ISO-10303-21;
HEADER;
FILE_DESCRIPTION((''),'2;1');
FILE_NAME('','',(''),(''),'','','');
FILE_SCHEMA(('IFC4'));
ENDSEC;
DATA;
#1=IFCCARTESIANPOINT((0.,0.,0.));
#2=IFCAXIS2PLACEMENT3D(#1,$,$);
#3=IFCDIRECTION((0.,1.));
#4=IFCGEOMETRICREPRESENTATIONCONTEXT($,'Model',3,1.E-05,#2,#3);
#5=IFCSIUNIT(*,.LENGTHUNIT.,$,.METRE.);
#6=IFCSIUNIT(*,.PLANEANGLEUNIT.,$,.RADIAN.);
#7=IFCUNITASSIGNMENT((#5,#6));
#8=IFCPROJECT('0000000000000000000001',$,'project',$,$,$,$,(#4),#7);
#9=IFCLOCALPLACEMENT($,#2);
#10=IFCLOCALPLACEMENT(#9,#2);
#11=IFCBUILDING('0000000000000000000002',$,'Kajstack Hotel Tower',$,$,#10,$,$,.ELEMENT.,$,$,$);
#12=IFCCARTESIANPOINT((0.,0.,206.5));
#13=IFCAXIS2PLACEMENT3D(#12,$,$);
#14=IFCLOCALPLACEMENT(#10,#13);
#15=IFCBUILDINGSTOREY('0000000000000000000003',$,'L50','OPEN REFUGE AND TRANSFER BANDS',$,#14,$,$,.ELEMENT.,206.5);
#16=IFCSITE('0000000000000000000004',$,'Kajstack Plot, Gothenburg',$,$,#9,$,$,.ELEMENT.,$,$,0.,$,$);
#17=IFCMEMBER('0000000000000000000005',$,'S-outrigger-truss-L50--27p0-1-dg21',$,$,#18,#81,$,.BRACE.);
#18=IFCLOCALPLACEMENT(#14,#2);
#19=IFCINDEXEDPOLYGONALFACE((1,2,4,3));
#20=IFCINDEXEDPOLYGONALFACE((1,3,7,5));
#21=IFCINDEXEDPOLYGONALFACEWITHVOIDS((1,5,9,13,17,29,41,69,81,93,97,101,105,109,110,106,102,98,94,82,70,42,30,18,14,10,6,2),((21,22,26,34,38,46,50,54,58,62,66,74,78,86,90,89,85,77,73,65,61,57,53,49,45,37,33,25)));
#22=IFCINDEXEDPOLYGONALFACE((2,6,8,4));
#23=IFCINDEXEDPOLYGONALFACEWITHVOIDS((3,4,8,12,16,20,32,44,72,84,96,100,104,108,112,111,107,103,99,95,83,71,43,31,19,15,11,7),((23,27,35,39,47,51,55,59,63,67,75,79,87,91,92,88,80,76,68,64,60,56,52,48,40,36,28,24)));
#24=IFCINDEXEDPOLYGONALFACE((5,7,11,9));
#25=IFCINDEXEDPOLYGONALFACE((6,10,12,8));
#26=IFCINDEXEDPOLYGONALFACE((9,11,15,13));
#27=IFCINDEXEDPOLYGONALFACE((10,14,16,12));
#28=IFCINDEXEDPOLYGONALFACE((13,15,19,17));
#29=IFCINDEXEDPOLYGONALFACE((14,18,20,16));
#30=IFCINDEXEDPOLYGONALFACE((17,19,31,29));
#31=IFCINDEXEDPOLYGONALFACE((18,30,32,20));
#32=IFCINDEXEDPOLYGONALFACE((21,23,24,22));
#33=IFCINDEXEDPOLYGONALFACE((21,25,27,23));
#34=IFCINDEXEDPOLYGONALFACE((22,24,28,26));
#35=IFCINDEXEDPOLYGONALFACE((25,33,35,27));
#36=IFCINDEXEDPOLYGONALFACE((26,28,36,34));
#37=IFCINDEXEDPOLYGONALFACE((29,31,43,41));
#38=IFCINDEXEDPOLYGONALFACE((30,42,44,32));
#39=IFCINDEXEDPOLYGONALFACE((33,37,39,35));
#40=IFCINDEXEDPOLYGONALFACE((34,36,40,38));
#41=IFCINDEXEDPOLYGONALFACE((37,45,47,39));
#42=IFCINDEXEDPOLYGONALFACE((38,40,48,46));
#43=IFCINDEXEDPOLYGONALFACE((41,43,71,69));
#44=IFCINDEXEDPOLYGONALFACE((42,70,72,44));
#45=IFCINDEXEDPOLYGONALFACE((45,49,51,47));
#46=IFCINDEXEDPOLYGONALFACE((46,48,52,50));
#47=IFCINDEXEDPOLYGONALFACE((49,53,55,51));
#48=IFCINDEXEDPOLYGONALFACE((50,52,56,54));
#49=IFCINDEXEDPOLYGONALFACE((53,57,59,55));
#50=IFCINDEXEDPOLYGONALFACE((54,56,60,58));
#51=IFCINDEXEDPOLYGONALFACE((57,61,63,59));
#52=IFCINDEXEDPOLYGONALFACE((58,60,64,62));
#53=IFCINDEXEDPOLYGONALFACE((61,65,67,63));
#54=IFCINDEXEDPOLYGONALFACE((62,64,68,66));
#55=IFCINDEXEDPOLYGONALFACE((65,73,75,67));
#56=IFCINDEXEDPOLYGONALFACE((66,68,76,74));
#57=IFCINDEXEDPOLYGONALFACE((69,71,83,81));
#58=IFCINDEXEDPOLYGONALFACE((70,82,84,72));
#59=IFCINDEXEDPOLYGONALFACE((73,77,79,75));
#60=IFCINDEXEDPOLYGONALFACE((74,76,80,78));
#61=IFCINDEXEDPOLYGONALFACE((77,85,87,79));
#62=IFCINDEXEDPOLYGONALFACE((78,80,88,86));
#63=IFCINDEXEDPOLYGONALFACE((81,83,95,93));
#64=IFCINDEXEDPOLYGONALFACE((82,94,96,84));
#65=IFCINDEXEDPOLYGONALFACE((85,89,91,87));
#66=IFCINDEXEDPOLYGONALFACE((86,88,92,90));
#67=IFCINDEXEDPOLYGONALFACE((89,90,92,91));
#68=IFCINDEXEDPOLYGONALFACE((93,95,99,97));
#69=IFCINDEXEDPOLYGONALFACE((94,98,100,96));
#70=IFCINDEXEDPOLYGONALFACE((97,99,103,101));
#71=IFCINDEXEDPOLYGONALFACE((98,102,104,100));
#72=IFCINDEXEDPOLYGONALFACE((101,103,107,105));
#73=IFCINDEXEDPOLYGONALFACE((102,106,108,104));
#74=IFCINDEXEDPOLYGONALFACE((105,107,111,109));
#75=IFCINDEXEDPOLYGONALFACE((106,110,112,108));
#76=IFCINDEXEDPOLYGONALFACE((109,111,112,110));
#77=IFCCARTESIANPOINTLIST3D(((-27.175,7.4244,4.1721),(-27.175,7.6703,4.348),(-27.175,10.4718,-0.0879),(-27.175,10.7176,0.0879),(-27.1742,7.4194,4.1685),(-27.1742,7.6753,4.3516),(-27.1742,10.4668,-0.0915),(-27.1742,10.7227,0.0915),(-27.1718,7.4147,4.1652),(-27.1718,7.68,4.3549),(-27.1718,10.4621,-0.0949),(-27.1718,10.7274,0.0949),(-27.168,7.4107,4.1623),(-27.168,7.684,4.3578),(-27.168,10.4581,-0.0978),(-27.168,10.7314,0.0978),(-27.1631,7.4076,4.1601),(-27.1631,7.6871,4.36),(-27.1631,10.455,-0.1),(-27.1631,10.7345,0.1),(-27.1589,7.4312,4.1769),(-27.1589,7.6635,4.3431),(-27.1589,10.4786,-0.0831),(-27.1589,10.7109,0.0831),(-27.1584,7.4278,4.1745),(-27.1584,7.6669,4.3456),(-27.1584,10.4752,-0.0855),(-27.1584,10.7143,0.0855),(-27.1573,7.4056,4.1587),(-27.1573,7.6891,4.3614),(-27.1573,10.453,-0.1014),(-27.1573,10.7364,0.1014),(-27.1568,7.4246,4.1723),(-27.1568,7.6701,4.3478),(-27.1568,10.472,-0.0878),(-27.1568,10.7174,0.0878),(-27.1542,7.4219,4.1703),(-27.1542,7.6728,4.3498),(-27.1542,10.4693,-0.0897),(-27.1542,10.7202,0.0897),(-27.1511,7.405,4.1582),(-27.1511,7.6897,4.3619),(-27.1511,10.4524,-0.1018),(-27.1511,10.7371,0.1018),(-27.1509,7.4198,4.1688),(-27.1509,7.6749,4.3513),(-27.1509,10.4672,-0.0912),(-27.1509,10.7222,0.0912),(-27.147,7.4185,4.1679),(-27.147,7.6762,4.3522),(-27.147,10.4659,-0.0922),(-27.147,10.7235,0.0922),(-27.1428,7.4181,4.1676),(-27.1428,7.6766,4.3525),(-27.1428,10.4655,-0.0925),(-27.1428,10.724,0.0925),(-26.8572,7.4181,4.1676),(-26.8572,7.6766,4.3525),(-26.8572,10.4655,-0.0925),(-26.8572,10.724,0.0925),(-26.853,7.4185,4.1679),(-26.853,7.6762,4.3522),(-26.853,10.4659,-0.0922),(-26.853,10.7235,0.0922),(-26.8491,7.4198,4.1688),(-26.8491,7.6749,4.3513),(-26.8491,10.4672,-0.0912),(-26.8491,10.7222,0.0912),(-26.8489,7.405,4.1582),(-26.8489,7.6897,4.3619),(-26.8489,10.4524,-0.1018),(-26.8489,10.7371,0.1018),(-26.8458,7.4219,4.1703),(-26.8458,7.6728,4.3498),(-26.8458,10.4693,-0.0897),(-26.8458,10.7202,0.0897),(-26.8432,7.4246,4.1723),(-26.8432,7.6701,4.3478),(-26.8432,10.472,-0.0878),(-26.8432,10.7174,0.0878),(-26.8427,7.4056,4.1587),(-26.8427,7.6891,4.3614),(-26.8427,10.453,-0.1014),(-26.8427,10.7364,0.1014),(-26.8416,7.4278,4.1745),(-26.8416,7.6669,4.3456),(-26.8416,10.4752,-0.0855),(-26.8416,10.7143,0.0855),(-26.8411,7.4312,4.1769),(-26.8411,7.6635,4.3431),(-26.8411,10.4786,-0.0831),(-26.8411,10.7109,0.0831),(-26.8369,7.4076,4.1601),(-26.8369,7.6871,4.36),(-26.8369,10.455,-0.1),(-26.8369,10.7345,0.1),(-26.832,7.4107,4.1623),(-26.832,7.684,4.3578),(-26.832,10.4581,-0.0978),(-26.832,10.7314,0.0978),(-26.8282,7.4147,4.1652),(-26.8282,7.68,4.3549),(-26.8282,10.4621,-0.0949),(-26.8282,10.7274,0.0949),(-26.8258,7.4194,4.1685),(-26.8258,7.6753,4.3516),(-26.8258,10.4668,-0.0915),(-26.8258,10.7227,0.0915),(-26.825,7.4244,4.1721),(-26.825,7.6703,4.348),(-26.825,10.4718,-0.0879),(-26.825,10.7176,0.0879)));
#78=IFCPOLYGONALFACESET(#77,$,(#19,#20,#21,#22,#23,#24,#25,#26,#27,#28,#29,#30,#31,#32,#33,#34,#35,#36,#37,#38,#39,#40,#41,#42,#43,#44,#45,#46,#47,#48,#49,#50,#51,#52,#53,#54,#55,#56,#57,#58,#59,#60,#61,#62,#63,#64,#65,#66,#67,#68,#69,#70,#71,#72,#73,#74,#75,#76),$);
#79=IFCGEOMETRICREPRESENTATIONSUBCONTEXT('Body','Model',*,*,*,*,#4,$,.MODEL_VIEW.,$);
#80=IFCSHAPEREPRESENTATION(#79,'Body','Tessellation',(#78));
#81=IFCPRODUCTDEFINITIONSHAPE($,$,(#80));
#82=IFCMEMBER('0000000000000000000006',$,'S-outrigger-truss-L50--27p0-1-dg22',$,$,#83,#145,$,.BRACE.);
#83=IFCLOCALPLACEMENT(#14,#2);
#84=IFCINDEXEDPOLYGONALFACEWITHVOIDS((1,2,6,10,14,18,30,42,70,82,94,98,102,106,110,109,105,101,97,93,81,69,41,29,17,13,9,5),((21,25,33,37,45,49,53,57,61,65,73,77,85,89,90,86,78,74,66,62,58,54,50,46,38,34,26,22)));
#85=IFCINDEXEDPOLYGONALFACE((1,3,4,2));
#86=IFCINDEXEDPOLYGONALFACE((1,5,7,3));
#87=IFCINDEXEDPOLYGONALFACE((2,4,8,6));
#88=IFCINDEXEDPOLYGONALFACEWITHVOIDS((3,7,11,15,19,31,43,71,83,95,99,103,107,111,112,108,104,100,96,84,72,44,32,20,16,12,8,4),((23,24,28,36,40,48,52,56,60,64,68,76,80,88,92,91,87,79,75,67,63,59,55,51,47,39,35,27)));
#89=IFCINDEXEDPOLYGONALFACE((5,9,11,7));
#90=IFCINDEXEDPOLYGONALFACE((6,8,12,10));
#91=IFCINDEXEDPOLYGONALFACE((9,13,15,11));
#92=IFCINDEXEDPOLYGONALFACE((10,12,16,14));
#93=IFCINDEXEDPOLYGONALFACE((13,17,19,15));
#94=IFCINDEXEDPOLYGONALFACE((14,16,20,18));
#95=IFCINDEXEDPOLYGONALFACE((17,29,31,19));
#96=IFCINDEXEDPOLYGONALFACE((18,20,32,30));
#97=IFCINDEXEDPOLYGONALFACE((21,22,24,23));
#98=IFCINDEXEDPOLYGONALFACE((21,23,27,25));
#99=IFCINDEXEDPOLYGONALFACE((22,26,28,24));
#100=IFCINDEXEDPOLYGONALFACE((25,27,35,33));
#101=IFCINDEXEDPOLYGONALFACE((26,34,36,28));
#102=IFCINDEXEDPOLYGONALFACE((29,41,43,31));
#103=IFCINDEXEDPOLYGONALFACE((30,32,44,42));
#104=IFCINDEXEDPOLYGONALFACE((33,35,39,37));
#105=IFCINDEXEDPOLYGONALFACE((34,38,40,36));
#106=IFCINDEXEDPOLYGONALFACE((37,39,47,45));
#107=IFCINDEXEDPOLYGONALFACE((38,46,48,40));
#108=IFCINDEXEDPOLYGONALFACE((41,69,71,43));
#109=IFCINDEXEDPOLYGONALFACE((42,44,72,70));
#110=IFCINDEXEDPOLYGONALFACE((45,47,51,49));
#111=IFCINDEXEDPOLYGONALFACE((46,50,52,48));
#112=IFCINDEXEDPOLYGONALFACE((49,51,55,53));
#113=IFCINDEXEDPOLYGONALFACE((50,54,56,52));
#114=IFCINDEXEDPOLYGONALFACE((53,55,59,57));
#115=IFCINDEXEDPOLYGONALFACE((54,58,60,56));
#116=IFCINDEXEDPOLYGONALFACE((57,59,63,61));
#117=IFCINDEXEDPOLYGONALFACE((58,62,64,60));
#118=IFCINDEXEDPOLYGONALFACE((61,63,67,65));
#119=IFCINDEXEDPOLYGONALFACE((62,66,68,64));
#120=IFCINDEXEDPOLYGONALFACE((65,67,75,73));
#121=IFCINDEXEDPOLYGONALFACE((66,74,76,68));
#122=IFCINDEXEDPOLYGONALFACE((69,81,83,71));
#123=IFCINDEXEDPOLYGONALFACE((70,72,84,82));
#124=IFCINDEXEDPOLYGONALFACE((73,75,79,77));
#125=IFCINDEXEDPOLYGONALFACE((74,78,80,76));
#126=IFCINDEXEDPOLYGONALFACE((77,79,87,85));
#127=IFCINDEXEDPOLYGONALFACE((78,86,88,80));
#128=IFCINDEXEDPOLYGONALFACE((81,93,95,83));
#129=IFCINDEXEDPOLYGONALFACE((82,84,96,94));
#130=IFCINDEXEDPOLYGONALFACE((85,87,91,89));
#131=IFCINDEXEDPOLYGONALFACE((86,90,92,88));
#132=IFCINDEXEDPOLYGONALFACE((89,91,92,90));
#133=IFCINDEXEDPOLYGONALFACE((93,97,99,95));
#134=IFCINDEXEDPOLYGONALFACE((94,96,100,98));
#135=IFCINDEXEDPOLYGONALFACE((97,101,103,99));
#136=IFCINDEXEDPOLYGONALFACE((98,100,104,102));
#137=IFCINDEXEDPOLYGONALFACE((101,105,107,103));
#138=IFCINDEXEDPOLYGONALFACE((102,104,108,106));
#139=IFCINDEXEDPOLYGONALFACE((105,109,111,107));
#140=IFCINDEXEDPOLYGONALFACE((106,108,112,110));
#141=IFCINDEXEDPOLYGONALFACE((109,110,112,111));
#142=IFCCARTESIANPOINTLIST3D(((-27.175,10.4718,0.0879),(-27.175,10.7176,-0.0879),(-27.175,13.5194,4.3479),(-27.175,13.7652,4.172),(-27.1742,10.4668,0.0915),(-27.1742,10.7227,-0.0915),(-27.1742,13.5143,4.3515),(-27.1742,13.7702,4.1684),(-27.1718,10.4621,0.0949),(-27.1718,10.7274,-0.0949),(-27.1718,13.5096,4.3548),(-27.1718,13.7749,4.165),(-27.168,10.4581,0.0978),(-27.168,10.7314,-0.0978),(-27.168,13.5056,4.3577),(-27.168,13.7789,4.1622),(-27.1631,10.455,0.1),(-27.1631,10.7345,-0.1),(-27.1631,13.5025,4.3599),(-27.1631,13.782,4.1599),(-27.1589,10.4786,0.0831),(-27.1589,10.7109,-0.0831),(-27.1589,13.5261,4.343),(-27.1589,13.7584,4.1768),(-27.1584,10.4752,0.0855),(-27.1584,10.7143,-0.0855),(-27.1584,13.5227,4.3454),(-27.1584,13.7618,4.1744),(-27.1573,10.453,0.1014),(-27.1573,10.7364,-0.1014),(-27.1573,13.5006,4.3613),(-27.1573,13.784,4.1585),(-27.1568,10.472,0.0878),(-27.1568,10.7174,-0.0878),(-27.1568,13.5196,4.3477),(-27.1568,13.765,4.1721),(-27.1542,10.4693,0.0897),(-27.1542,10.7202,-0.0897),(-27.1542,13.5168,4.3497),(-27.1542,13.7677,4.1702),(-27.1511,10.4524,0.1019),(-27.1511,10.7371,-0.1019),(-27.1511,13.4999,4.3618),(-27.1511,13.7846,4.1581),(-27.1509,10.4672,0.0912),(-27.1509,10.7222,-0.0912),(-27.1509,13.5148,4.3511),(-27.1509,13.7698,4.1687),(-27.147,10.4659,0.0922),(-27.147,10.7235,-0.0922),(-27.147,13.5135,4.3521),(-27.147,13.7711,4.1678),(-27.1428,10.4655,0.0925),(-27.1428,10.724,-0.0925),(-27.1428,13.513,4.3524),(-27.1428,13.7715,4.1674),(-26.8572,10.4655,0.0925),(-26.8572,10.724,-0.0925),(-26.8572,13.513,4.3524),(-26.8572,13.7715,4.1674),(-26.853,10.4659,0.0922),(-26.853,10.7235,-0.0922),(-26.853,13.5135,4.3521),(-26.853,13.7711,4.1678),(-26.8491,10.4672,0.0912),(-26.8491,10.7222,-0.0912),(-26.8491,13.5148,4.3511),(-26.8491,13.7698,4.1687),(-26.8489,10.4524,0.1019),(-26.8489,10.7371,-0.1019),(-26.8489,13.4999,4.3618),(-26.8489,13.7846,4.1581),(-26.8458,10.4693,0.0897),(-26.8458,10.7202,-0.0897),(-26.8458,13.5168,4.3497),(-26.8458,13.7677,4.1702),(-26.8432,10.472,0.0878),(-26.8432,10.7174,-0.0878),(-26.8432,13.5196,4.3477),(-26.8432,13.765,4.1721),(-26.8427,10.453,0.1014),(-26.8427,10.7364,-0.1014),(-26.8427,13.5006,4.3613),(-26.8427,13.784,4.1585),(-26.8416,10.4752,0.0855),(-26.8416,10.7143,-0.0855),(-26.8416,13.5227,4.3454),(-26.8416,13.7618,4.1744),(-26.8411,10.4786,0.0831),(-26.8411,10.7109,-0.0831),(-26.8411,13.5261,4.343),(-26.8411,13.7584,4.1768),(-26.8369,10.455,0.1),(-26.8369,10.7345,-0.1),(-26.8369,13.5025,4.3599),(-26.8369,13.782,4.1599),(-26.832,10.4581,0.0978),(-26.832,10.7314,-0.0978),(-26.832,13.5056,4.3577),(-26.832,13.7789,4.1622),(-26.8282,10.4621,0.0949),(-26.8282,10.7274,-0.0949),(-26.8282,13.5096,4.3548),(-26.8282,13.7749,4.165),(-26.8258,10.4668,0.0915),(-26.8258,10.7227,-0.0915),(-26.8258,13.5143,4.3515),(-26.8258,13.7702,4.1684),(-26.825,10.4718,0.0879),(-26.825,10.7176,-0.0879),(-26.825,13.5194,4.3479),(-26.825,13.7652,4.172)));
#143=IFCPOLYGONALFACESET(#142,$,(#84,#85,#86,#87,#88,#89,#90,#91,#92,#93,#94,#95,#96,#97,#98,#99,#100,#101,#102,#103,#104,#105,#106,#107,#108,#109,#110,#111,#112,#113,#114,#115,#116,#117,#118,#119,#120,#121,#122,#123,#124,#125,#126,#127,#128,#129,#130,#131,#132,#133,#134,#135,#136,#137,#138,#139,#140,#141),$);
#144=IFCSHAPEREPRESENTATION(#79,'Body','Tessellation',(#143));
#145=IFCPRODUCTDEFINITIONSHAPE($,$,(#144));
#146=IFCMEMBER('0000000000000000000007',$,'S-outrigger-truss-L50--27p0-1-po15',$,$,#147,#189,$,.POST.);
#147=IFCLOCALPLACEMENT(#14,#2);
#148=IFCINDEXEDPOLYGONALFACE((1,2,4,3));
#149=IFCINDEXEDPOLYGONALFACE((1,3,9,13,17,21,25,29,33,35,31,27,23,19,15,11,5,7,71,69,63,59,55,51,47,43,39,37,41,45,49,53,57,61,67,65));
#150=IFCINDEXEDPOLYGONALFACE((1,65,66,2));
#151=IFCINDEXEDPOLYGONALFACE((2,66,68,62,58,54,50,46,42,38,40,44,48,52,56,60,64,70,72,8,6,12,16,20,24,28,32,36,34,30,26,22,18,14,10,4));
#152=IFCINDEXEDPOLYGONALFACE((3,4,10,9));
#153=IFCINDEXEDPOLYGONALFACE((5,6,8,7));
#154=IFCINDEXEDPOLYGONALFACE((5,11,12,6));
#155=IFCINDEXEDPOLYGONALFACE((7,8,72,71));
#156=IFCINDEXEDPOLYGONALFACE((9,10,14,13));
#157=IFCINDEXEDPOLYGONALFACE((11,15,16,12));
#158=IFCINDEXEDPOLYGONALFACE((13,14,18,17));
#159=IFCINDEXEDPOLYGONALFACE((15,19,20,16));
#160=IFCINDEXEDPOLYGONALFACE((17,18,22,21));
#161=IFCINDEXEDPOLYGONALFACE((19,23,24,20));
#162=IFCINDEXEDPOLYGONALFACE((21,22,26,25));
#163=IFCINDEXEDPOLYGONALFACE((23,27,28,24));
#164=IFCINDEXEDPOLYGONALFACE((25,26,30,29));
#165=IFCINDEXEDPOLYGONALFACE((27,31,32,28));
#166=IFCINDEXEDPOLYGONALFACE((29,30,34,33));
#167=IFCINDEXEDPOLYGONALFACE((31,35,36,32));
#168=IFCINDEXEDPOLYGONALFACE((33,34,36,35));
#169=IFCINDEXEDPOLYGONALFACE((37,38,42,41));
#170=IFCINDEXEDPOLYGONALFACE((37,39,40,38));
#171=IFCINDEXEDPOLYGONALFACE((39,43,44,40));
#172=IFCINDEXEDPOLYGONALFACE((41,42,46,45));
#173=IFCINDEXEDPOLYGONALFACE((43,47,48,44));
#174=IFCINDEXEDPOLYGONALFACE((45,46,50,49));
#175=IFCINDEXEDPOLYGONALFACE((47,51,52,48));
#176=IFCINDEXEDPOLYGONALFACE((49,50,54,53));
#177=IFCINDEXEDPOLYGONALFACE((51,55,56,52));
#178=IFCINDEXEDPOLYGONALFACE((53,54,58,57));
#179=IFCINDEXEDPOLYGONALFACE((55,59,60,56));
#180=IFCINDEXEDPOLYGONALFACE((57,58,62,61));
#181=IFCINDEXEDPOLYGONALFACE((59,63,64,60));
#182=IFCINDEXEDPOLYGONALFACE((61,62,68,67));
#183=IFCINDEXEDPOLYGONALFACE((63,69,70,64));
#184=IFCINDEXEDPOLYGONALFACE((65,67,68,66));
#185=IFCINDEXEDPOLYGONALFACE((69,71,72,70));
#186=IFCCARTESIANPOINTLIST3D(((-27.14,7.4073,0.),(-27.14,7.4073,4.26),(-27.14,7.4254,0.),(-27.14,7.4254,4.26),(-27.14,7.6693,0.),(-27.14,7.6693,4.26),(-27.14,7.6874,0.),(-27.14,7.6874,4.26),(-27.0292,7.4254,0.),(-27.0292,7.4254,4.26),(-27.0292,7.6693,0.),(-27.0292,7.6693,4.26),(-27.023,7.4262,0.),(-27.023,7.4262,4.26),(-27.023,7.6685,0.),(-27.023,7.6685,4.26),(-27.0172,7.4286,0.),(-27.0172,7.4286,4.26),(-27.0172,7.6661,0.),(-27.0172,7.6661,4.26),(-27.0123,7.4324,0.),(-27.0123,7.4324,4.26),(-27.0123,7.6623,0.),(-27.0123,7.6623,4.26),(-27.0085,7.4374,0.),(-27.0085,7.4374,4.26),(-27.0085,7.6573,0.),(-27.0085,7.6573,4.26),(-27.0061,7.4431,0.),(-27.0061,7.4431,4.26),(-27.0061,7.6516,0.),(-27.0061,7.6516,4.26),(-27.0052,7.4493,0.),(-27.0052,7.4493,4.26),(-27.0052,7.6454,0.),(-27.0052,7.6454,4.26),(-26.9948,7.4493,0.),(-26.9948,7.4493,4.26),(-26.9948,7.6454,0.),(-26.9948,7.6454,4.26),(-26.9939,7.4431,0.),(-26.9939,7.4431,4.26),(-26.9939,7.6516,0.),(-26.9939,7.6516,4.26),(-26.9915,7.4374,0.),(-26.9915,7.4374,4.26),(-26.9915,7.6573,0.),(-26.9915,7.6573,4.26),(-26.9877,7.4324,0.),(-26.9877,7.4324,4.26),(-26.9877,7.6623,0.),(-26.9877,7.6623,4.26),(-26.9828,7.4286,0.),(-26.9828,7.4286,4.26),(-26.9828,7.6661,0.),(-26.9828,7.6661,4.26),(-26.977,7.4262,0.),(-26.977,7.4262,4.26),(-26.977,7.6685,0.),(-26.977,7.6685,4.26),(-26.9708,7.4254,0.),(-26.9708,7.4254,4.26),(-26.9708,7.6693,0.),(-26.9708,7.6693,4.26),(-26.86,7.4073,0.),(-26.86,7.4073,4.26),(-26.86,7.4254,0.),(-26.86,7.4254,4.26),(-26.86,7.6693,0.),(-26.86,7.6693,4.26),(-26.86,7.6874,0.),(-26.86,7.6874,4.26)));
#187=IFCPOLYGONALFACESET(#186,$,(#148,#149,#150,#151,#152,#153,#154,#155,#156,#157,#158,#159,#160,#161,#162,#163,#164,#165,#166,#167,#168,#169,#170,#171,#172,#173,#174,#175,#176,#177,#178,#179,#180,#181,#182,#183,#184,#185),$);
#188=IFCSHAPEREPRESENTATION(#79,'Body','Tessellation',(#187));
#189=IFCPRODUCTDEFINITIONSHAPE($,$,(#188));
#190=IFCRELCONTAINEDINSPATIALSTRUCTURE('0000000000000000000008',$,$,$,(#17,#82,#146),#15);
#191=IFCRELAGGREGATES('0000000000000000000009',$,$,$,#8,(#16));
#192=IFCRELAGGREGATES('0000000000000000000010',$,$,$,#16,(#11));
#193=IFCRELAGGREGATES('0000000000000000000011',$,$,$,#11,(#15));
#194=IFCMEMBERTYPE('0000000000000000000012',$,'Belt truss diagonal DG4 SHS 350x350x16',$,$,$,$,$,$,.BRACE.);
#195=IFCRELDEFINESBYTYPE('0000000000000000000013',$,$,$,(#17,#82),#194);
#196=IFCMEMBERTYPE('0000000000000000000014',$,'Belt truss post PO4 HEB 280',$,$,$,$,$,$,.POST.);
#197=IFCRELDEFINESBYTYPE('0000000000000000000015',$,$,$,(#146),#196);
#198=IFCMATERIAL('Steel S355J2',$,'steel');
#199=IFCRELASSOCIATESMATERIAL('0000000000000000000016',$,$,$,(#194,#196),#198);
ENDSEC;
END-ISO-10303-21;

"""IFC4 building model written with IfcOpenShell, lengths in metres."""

from ifc_helpers import new_model, si_unit, direction, frame, origin, origin_2d, place, context, subcontext, project, spatial, hollow_rectangle, i_section, extrude, material, material_profile, profile_set, type_object, element, save


model = new_model("IFC4")

# Units and contexts
model_context = context("Model", 3, precision=1e-05, world=origin(), true_north=direction((0.0, 1.0)))
body_context = subcontext(model_context, "Body", "Model", "MODEL_VIEW")
ifc_project = project(units=[si_unit("LENGTHUNIT", "METRE"), si_unit("PLANEANGLEUNIT", "RADIAN")], contexts=[model_context])

# Site, building, storey
site_placement = place(None, origin())
site = spatial("IfcSite", under=ifc_project, at=site_placement, Name="Kajstack Plot, Gothenburg", CompositionType="ELEMENT", RefElevation=0.0)
building_placement = place(site_placement, origin())
building = spatial("IfcBuilding", under=site, at=building_placement, Name="Kajstack Hotel Tower", CompositionType="ELEMENT")
storey_placement = place(building_placement, frame((0.0, 0.0, 206.5)))
storey = spatial("IfcBuildingStorey", under=building, at=storey_placement, Name="L50", Description="OPEN REFUGE AND TRANSFER BANDS", CompositionType="ELEMENT", Elevation=206.5)

# Members
ifc_material_1 = material(Name="Steel S355J2", Category="steel")
ifc_material_profile_1 = material_profile(ifc_material_1, hollow_rectangle(XDim=0.3501, YDim=0.3501, WallThickness=0.0161, InnerFilletRadius=0.0161, OuterFilletRadius=0.0239, at=origin_2d()), Name="SHS 350x350x16")
ifc_profile_set_1 = profile_set([ifc_material_profile_1], Name="Steel S355J2")
member_type_1 = type_object("IfcMemberType", Name="Belt truss diagonal DG4 SHS 350x350x16", PredefinedType="BRACE", material=ifc_profile_set_1)
for number, where, z_axis, x_axis, name in (
    (1, (-27.0, 10.5947, 0.0), (0.0, -0.581807, 0.813327), (1.0, 0.0, 0.0), "S-outrigger-truss-L50--27p0-1-dg21"),
    (2, (-27.0, 10.5947, 0.0), (0.0, 0.581838, 0.813305), (-1.0, 0.0, 0.0), "S-outrigger-truss-L50--27p0-1-dg22"),
):
    element("IfcMember", number, at=place(storey_placement, frame(where, z_axis=z_axis, x_axis=x_axis)), inside=storey, type_object=member_type_1, Name=name, PredefinedType="BRACE", context=body_context, shape_type="SweptSolid", body=[
        extrude(hollow_rectangle(XDim=0.3501, YDim=0.3501, WallThickness=0.0161, InnerFilletRadius=0.0161, OuterFilletRadius=0.0239, at=origin_2d()), origin(), (0.0, 0.0, 1.0), 5.2378),
    ])
ifc_material_profile_2 = material_profile(ifc_material_1, i_section(OverallWidth=0.28, OverallDepth=0.28, WebThickness=0.0105, FlangeThickness=0.0181, FilletRadius=0.0239, at=origin_2d()), Name="HEB 280")
ifc_profile_set_2 = profile_set([ifc_material_profile_2], Name="Steel S355J2")
member_type_2 = type_object("IfcMemberType", Name="Belt truss post PO4 HEB 280", PredefinedType="POST", material=ifc_profile_set_2)
for number, where, z_axis, x_axis, name in (
    (3, (-27.0, 7.5474, 0.0), (0.0, 0.0, 1.0), (1.0, 0.0, 0.0), "S-outrigger-truss-L50--27p0-1-po15"),
):
    element("IfcMember", number, at=place(storey_placement, frame(where, z_axis=z_axis, x_axis=x_axis)), inside=storey, type_object=member_type_2, Name=name, PredefinedType="POST", context=body_context, shape_type="SweptSolid", body=[
        extrude(i_section(OverallWidth=0.28, OverallDepth=0.28, WebThickness=0.0105, FlangeThickness=0.0181, FilletRadius=0.0239, at=origin_2d()), origin(), (0.0, 0.0, 1.0), 4.26),
    ])

save(model, "model.ifc")
